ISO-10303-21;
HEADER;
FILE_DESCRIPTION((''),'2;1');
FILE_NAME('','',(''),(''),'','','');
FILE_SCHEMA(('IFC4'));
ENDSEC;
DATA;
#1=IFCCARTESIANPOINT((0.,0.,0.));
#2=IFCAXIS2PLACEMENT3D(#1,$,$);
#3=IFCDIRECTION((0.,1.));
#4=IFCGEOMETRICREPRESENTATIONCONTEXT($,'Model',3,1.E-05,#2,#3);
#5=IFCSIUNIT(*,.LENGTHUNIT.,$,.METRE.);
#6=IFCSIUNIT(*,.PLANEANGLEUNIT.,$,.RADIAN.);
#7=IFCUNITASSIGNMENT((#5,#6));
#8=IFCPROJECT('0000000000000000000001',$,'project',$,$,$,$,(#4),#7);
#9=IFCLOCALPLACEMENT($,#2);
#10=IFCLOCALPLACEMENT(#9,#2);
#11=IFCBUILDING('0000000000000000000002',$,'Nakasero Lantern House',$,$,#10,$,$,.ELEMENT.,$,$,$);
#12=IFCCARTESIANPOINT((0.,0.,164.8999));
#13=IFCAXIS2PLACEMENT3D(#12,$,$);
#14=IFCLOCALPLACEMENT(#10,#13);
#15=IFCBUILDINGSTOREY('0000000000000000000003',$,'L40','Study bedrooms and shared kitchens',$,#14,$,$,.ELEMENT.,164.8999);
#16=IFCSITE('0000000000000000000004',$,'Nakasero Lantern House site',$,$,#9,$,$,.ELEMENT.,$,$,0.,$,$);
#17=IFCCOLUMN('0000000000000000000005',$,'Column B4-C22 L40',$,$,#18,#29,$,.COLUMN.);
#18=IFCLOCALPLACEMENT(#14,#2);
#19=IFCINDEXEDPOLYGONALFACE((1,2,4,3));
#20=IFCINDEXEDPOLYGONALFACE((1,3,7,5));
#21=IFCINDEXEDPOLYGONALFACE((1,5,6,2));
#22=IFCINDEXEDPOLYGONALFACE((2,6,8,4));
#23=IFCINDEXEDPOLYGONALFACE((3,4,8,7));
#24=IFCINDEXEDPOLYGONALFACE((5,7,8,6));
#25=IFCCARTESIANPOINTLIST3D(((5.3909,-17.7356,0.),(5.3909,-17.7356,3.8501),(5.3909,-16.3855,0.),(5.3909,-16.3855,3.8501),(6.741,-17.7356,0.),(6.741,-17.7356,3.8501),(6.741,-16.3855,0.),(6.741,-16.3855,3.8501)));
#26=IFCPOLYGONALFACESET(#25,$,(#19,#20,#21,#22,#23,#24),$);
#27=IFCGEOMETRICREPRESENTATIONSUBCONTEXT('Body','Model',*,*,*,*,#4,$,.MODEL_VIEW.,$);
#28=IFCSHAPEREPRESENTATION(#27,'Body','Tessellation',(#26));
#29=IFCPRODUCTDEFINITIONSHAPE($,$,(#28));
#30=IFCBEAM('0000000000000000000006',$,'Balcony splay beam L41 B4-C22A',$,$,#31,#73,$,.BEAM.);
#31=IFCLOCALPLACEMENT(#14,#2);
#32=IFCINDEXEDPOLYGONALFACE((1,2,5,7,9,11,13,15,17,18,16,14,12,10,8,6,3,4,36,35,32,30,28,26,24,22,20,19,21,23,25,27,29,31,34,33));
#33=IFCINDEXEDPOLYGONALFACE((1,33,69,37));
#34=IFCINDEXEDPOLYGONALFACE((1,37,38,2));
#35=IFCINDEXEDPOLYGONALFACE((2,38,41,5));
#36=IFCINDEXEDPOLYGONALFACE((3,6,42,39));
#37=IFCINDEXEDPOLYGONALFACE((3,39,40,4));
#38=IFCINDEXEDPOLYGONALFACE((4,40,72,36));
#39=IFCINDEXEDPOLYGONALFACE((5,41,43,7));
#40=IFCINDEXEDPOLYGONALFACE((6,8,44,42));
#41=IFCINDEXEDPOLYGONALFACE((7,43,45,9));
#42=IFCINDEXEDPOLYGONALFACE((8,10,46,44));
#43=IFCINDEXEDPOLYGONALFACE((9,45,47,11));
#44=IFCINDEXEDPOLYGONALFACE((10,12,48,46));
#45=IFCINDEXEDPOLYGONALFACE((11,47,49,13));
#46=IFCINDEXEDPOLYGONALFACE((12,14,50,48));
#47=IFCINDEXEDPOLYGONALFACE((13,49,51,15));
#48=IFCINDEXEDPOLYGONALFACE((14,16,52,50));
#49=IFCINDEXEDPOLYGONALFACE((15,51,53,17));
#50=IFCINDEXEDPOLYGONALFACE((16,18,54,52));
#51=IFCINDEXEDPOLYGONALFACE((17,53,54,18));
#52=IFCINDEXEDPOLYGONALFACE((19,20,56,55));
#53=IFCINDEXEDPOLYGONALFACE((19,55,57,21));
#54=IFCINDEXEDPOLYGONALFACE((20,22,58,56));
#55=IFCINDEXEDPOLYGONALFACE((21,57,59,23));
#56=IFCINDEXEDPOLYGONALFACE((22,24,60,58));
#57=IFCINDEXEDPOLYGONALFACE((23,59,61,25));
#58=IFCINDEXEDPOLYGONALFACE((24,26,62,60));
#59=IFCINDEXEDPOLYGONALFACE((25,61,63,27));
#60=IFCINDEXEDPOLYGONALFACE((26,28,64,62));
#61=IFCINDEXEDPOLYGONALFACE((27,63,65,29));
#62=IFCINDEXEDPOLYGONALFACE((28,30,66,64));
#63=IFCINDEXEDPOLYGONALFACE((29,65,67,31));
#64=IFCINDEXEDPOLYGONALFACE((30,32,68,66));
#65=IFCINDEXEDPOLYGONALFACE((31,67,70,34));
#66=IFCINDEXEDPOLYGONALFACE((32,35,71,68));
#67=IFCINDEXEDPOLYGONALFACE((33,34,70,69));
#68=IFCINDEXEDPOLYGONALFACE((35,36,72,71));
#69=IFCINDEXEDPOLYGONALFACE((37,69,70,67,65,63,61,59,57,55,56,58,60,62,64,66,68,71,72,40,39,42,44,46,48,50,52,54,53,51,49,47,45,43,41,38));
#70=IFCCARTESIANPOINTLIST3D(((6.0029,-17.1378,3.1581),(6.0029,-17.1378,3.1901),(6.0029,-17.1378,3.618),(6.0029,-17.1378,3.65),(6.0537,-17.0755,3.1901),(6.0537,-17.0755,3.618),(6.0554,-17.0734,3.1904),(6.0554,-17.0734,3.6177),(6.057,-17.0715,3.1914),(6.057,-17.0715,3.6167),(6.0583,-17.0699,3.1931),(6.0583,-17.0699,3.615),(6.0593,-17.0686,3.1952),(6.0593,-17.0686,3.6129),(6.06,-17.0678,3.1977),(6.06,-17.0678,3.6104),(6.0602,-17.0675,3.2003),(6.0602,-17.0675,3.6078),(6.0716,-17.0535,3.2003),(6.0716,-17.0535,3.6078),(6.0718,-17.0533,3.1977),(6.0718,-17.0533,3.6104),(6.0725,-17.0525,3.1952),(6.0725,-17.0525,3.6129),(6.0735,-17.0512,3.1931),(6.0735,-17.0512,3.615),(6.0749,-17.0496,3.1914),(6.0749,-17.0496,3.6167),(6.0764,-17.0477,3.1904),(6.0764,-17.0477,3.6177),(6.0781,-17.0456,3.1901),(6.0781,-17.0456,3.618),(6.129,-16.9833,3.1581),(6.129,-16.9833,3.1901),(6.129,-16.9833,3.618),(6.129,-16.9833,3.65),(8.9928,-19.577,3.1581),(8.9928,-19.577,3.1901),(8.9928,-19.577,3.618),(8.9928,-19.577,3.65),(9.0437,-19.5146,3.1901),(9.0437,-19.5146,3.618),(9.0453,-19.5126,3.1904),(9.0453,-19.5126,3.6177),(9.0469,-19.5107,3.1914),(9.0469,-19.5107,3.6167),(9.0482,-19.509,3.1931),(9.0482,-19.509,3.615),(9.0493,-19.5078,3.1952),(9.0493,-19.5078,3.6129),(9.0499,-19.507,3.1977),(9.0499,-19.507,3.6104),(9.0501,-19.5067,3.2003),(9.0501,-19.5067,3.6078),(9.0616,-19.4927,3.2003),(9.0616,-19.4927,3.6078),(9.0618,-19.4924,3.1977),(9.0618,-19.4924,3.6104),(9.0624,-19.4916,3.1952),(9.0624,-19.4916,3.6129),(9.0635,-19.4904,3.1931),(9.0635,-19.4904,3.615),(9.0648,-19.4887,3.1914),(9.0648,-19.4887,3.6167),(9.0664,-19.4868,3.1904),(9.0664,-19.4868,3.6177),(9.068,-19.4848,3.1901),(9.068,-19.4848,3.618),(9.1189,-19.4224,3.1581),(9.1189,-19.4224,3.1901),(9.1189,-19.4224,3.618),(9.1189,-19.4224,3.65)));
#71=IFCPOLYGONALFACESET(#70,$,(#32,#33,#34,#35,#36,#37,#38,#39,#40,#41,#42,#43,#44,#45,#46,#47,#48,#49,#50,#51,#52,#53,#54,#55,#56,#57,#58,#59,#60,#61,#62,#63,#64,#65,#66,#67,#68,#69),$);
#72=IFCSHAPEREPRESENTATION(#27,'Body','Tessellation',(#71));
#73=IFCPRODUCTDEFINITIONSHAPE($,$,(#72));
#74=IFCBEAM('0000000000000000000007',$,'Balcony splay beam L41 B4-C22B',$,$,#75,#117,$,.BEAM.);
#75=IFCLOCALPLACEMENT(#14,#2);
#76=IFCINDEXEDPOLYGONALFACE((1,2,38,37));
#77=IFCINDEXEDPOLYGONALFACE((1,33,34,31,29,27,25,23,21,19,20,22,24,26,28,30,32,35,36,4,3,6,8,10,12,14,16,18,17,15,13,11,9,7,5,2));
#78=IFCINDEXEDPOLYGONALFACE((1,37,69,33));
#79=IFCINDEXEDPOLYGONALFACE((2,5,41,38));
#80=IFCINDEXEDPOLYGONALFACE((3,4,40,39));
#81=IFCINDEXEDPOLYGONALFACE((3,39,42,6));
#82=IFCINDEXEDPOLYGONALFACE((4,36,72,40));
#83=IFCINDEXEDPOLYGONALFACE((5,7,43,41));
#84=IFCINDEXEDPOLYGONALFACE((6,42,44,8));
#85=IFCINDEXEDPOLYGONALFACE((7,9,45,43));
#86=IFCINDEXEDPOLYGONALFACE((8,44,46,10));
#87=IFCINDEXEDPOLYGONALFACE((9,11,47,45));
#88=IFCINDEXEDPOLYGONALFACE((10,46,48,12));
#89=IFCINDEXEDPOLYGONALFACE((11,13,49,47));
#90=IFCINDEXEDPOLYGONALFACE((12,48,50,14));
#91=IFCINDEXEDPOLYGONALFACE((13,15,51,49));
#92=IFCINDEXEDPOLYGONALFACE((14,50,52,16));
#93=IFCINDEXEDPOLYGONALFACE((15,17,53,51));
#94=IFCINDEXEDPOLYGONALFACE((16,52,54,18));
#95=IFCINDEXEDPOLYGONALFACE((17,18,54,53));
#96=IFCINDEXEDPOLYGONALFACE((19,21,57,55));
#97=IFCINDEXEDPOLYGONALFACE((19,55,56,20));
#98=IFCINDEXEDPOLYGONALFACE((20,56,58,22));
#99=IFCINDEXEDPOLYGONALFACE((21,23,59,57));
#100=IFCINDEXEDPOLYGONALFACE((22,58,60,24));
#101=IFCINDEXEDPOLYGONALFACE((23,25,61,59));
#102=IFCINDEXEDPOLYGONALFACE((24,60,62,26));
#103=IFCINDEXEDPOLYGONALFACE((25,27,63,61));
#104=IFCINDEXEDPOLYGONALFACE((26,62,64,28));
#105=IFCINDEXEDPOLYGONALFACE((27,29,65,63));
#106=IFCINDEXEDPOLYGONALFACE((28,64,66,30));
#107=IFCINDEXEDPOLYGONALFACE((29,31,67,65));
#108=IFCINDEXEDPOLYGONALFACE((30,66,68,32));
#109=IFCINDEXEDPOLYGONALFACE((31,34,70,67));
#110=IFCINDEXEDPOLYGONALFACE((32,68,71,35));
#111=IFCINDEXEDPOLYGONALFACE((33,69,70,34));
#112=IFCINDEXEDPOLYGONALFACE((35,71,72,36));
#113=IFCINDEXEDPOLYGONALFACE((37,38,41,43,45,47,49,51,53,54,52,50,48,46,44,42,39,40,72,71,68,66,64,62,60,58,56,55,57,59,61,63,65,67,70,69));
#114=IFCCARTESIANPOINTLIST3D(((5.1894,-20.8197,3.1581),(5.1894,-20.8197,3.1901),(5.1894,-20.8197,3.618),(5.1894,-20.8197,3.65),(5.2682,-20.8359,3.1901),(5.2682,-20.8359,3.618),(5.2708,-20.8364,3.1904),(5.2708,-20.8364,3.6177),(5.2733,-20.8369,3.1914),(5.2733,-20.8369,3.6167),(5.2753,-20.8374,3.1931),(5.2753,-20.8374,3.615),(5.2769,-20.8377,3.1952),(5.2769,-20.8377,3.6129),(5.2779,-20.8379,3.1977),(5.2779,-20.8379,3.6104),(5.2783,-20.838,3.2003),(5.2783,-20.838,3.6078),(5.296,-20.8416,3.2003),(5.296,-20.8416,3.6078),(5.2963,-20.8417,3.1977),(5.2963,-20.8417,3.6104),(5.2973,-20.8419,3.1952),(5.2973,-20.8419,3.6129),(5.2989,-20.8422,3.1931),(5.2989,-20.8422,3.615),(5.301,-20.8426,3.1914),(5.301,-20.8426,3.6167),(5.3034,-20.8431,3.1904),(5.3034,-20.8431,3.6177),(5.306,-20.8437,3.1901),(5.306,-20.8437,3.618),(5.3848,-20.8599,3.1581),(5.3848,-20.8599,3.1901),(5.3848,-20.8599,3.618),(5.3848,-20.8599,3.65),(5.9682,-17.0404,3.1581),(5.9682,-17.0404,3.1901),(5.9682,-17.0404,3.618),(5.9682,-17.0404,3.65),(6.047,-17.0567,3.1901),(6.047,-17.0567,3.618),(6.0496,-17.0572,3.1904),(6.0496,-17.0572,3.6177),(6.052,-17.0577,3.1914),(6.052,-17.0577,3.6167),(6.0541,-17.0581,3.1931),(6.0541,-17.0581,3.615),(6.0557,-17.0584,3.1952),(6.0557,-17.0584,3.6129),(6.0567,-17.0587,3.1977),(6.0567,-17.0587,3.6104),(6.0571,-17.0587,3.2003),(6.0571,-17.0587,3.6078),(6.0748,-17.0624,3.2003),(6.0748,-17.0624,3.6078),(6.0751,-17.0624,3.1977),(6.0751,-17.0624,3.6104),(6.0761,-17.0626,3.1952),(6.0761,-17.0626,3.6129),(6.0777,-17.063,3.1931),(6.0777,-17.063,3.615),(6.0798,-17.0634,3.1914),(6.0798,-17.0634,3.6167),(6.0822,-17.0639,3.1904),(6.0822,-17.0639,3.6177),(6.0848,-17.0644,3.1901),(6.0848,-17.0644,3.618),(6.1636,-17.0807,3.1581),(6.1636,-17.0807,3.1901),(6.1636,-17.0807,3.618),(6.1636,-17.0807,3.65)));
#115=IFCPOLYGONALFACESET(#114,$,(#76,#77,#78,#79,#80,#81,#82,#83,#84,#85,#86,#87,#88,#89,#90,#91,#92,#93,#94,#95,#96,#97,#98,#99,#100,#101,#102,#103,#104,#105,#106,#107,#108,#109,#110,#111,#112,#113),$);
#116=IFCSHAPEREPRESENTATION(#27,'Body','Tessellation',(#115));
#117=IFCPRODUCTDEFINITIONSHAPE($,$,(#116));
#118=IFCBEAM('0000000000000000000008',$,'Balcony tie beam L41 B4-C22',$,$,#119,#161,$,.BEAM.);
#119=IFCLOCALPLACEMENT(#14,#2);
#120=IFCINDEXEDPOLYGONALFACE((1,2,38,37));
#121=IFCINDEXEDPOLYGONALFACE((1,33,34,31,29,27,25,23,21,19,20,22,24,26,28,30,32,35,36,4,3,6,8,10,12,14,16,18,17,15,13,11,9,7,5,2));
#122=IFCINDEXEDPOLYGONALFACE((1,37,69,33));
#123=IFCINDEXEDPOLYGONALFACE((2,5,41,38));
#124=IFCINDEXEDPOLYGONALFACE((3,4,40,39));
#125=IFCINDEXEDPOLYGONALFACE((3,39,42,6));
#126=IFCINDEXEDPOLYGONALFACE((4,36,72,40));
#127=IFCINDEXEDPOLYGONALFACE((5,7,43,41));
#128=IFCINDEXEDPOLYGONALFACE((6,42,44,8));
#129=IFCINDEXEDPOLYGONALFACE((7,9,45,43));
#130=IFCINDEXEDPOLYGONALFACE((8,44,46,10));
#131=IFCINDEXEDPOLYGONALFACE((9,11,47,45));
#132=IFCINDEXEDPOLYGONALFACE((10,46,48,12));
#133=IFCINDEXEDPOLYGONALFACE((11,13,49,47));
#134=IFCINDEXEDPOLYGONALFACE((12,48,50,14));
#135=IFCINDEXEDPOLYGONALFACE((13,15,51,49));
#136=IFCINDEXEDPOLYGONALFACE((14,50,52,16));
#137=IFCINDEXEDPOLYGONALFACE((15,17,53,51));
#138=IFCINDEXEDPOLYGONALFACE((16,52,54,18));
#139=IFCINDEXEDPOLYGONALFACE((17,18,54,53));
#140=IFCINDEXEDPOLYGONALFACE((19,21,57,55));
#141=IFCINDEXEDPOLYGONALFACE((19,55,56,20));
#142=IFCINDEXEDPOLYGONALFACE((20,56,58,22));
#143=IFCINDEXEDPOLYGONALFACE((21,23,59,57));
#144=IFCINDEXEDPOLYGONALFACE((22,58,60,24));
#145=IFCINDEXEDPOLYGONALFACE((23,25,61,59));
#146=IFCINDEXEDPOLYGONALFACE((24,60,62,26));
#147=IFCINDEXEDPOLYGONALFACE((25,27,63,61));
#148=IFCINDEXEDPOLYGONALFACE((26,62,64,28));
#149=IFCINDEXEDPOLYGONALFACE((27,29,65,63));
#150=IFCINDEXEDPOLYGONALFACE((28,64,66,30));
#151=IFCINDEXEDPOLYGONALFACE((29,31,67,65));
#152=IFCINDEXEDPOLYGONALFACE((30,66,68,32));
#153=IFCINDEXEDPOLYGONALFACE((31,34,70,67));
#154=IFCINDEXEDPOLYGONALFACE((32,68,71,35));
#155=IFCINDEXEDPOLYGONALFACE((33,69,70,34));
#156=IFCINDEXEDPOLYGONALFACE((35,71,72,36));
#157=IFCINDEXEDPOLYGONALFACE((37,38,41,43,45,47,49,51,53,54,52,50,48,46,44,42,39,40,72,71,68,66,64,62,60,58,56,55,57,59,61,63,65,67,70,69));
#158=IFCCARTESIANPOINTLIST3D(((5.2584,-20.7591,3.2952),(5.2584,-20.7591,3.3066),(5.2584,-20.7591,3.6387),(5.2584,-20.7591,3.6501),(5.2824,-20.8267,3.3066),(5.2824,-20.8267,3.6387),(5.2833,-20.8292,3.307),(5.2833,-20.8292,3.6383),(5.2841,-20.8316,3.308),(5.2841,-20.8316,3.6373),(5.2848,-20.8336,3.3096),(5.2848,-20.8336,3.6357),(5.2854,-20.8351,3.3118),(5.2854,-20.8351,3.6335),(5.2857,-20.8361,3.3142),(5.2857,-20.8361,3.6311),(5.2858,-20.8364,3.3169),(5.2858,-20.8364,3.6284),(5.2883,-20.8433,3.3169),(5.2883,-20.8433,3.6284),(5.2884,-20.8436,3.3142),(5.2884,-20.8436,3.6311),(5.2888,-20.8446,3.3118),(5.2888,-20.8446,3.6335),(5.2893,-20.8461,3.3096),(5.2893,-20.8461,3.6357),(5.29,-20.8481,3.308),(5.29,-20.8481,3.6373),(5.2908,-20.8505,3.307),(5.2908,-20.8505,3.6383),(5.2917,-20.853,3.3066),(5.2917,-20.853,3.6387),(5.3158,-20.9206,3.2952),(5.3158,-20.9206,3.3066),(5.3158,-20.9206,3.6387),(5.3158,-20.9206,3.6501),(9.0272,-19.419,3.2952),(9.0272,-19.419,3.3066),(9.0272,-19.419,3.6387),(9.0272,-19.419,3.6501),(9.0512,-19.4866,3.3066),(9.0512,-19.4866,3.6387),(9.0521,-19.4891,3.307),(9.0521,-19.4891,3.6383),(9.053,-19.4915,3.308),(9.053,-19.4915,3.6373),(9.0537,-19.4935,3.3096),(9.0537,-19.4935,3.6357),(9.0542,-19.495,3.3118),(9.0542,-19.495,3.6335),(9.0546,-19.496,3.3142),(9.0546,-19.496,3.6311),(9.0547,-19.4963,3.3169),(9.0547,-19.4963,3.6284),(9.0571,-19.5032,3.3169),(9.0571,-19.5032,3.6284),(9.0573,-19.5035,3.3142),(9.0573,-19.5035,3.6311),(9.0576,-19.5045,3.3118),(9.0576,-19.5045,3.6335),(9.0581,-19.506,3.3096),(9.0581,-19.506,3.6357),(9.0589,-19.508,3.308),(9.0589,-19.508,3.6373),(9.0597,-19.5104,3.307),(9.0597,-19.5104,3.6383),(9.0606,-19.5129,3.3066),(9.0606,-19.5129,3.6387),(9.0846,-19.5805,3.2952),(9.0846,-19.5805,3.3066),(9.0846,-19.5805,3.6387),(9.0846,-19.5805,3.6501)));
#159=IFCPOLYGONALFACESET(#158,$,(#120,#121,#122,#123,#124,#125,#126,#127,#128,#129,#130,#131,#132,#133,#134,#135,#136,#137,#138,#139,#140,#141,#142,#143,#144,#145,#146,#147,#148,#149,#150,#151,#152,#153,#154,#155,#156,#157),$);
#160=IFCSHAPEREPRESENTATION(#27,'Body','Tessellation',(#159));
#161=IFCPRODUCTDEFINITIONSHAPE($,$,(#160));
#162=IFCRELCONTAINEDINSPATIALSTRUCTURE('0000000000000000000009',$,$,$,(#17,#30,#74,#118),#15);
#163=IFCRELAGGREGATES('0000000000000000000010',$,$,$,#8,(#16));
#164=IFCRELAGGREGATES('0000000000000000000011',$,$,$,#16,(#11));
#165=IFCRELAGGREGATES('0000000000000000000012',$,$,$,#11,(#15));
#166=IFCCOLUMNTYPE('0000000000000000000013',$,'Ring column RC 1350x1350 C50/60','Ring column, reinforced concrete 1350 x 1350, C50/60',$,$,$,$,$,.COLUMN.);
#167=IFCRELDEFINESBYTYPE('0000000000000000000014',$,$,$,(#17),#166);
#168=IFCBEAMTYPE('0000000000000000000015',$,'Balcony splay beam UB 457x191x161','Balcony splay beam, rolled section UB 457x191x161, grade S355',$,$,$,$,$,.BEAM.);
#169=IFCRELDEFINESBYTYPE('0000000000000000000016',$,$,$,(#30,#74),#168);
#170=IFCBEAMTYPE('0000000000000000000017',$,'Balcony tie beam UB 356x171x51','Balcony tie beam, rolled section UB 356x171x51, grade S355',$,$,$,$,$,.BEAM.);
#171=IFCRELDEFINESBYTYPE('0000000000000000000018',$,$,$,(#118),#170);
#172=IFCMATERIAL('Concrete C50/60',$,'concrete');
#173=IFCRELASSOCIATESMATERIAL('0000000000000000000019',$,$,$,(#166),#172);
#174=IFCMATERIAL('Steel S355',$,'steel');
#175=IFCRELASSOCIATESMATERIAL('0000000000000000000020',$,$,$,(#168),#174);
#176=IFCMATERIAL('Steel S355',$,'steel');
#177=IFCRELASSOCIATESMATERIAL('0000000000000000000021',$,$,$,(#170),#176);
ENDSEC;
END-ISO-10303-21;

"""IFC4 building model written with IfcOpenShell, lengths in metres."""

from ifc_helpers import new_model, si_unit, direction, frame, origin, origin_2d, place, context, subcontext, project, spatial, rectangle, i_section, extrude, material, material_profile, profile_set, type_object, element, save


model = new_model("IFC4")

# Units and contexts
model_context = context("Model", 3, precision=1e-05, world=origin(), true_north=direction((0.0, 1.0)))
body_context = subcontext(model_context, "Body", "Model", "MODEL_VIEW")
ifc_project = project(units=[si_unit("LENGTHUNIT", "METRE"), si_unit("PLANEANGLEUNIT", "RADIAN")], contexts=[model_context])

# Site, building, storey
site_placement = place(None, origin())
site = spatial("IfcSite", under=ifc_project, at=site_placement, Name="Nakasero Lantern House site", CompositionType="ELEMENT", RefElevation=0.0)
building_placement = place(site_placement, origin())
building = spatial("IfcBuilding", under=site, at=building_placement, Name="Nakasero Lantern House", CompositionType="ELEMENT")
storey_placement = place(building_placement, frame((0.0, 0.0, 164.8999)))
storey = spatial("IfcBuildingStorey", under=building, at=storey_placement, Name="L40", Description="Study bedrooms and shared kitchens", CompositionType="ELEMENT", Elevation=164.8999)

# Column
ifc_material_1 = material(Name="Concrete C50/60", Category="concrete")
ifc_material_profile_1 = material_profile(ifc_material_1, rectangle(XDim=1.3501, YDim=1.3501, at=origin_2d()), Name="RC 1350x1350")
ifc_profile_set_1 = profile_set([ifc_material_profile_1], Name="Concrete C50/60")
column_type = type_object("IfcColumnType", Name="Ring column RC 1350x1350 C50/60", Description="Ring column, reinforced concrete 1350 x 1350, C50/60", PredefinedType="COLUMN", material=ifc_profile_set_1)
column_placement = place(storey_placement, frame((6.0659, -17.0605, 0.0), z_axis=(0.0, 0.0, 1.0), x_axis=(1.0, 0.0, 0.0)))
element("IfcColumn", 1, at=column_placement, inside=storey, type_object=column_type, Name="Column B4-C22 L40", PredefinedType="COLUMN", context=body_context, shape_type="SweptSolid", body=[
    extrude(rectangle(XDim=1.3501, YDim=1.3501, at=origin_2d()), origin(), (0.0, 0.0, 1.0), 3.8501),
])

# Beams
ifc_material_2 = material(Name="Steel S355", Category="steel")
ifc_material_profile_2 = material_profile(ifc_material_2, i_section(OverallWidth=0.1995, OverallDepth=0.4919, WebThickness=0.0181, FlangeThickness=0.032, FilletRadius=0.0103, at=origin_2d()), Name="UB 457x191x161")
ifc_profile_set_2 = profile_set([ifc_material_profile_2], Name="Steel S355")
beam_type_1 = type_object("IfcBeamType", Name="Balcony splay beam UB 457x191x161", Description="Balcony splay beam, rolled section UB 457x191x161, grade S355", PredefinedType="BEAM", material=ifc_profile_set_2)
for number, where, z_axis, x_axis, name in (
    (2, (6.0659, -17.0605, 3.4041), (0.774864, -0.632128, 0.0), (0.632128, 0.774864, 0.0), "Balcony splay beam L41 B4-C22A"),
    (3, (6.0659, -17.0605, 3.4041), (-0.201831, -0.97942, 0.0), (0.97942, -0.201831, 0.0), "Balcony splay beam L41 B4-C22B"),
):
    element("IfcBeam", number, at=place(storey_placement, frame(where, z_axis=z_axis, x_axis=x_axis)), inside=storey, type_object=beam_type_1, Name=name, PredefinedType="BEAM", context=body_context, shape_type="SweptSolid", body=[
        extrude(i_section(OverallWidth=0.1995, OverallDepth=0.4919, WebThickness=0.0181, FlangeThickness=0.032, FilletRadius=0.0103, at=origin_2d()), origin(), (0.0, 0.0, 1.0), 3.8586),
    ])
ifc_material_3 = material(Name="Steel S355", Category="steel")
ifc_material_profile_3 = material_profile(ifc_material_3, i_section(OverallWidth=0.1714, OverallDepth=0.355, WebThickness=0.0073, FlangeThickness=0.0115, FilletRadius=0.0103, at=origin_2d()), Name="UB 356x171x51")
ifc_profile_set_3 = profile_set([ifc_material_profile_3], Name="Steel S355")
beam_type_2 = type_object("IfcBeamType", Name="Balcony tie beam UB 356x171x51", Description="Balcony tie beam, rolled section UB 356x171x51, grade S355", PredefinedType="BEAM", material=ifc_profile_set_3)
beam_1_placement = place(storey_placement, frame((9.0559, -19.4998, 3.4727), z_axis=(-0.942209, -0.335025, 0.0), x_axis=(0.335025, -0.942209, 0.0)))
element("IfcBeam", 4, at=beam_1_placement, inside=storey, type_object=beam_type_2, Name="Balcony tie beam L41 B4-C22", PredefinedType="BEAM", context=body_context, shape_type="SweptSolid", body=[
    extrude(i_section(OverallWidth=0.1714, OverallDepth=0.355, WebThickness=0.0073, FlangeThickness=0.0115, FilletRadius=0.0103, at=origin_2d()), origin(), (0.0, 0.0, 1.0), 4.0),
])

save(model, "model.ifc")
